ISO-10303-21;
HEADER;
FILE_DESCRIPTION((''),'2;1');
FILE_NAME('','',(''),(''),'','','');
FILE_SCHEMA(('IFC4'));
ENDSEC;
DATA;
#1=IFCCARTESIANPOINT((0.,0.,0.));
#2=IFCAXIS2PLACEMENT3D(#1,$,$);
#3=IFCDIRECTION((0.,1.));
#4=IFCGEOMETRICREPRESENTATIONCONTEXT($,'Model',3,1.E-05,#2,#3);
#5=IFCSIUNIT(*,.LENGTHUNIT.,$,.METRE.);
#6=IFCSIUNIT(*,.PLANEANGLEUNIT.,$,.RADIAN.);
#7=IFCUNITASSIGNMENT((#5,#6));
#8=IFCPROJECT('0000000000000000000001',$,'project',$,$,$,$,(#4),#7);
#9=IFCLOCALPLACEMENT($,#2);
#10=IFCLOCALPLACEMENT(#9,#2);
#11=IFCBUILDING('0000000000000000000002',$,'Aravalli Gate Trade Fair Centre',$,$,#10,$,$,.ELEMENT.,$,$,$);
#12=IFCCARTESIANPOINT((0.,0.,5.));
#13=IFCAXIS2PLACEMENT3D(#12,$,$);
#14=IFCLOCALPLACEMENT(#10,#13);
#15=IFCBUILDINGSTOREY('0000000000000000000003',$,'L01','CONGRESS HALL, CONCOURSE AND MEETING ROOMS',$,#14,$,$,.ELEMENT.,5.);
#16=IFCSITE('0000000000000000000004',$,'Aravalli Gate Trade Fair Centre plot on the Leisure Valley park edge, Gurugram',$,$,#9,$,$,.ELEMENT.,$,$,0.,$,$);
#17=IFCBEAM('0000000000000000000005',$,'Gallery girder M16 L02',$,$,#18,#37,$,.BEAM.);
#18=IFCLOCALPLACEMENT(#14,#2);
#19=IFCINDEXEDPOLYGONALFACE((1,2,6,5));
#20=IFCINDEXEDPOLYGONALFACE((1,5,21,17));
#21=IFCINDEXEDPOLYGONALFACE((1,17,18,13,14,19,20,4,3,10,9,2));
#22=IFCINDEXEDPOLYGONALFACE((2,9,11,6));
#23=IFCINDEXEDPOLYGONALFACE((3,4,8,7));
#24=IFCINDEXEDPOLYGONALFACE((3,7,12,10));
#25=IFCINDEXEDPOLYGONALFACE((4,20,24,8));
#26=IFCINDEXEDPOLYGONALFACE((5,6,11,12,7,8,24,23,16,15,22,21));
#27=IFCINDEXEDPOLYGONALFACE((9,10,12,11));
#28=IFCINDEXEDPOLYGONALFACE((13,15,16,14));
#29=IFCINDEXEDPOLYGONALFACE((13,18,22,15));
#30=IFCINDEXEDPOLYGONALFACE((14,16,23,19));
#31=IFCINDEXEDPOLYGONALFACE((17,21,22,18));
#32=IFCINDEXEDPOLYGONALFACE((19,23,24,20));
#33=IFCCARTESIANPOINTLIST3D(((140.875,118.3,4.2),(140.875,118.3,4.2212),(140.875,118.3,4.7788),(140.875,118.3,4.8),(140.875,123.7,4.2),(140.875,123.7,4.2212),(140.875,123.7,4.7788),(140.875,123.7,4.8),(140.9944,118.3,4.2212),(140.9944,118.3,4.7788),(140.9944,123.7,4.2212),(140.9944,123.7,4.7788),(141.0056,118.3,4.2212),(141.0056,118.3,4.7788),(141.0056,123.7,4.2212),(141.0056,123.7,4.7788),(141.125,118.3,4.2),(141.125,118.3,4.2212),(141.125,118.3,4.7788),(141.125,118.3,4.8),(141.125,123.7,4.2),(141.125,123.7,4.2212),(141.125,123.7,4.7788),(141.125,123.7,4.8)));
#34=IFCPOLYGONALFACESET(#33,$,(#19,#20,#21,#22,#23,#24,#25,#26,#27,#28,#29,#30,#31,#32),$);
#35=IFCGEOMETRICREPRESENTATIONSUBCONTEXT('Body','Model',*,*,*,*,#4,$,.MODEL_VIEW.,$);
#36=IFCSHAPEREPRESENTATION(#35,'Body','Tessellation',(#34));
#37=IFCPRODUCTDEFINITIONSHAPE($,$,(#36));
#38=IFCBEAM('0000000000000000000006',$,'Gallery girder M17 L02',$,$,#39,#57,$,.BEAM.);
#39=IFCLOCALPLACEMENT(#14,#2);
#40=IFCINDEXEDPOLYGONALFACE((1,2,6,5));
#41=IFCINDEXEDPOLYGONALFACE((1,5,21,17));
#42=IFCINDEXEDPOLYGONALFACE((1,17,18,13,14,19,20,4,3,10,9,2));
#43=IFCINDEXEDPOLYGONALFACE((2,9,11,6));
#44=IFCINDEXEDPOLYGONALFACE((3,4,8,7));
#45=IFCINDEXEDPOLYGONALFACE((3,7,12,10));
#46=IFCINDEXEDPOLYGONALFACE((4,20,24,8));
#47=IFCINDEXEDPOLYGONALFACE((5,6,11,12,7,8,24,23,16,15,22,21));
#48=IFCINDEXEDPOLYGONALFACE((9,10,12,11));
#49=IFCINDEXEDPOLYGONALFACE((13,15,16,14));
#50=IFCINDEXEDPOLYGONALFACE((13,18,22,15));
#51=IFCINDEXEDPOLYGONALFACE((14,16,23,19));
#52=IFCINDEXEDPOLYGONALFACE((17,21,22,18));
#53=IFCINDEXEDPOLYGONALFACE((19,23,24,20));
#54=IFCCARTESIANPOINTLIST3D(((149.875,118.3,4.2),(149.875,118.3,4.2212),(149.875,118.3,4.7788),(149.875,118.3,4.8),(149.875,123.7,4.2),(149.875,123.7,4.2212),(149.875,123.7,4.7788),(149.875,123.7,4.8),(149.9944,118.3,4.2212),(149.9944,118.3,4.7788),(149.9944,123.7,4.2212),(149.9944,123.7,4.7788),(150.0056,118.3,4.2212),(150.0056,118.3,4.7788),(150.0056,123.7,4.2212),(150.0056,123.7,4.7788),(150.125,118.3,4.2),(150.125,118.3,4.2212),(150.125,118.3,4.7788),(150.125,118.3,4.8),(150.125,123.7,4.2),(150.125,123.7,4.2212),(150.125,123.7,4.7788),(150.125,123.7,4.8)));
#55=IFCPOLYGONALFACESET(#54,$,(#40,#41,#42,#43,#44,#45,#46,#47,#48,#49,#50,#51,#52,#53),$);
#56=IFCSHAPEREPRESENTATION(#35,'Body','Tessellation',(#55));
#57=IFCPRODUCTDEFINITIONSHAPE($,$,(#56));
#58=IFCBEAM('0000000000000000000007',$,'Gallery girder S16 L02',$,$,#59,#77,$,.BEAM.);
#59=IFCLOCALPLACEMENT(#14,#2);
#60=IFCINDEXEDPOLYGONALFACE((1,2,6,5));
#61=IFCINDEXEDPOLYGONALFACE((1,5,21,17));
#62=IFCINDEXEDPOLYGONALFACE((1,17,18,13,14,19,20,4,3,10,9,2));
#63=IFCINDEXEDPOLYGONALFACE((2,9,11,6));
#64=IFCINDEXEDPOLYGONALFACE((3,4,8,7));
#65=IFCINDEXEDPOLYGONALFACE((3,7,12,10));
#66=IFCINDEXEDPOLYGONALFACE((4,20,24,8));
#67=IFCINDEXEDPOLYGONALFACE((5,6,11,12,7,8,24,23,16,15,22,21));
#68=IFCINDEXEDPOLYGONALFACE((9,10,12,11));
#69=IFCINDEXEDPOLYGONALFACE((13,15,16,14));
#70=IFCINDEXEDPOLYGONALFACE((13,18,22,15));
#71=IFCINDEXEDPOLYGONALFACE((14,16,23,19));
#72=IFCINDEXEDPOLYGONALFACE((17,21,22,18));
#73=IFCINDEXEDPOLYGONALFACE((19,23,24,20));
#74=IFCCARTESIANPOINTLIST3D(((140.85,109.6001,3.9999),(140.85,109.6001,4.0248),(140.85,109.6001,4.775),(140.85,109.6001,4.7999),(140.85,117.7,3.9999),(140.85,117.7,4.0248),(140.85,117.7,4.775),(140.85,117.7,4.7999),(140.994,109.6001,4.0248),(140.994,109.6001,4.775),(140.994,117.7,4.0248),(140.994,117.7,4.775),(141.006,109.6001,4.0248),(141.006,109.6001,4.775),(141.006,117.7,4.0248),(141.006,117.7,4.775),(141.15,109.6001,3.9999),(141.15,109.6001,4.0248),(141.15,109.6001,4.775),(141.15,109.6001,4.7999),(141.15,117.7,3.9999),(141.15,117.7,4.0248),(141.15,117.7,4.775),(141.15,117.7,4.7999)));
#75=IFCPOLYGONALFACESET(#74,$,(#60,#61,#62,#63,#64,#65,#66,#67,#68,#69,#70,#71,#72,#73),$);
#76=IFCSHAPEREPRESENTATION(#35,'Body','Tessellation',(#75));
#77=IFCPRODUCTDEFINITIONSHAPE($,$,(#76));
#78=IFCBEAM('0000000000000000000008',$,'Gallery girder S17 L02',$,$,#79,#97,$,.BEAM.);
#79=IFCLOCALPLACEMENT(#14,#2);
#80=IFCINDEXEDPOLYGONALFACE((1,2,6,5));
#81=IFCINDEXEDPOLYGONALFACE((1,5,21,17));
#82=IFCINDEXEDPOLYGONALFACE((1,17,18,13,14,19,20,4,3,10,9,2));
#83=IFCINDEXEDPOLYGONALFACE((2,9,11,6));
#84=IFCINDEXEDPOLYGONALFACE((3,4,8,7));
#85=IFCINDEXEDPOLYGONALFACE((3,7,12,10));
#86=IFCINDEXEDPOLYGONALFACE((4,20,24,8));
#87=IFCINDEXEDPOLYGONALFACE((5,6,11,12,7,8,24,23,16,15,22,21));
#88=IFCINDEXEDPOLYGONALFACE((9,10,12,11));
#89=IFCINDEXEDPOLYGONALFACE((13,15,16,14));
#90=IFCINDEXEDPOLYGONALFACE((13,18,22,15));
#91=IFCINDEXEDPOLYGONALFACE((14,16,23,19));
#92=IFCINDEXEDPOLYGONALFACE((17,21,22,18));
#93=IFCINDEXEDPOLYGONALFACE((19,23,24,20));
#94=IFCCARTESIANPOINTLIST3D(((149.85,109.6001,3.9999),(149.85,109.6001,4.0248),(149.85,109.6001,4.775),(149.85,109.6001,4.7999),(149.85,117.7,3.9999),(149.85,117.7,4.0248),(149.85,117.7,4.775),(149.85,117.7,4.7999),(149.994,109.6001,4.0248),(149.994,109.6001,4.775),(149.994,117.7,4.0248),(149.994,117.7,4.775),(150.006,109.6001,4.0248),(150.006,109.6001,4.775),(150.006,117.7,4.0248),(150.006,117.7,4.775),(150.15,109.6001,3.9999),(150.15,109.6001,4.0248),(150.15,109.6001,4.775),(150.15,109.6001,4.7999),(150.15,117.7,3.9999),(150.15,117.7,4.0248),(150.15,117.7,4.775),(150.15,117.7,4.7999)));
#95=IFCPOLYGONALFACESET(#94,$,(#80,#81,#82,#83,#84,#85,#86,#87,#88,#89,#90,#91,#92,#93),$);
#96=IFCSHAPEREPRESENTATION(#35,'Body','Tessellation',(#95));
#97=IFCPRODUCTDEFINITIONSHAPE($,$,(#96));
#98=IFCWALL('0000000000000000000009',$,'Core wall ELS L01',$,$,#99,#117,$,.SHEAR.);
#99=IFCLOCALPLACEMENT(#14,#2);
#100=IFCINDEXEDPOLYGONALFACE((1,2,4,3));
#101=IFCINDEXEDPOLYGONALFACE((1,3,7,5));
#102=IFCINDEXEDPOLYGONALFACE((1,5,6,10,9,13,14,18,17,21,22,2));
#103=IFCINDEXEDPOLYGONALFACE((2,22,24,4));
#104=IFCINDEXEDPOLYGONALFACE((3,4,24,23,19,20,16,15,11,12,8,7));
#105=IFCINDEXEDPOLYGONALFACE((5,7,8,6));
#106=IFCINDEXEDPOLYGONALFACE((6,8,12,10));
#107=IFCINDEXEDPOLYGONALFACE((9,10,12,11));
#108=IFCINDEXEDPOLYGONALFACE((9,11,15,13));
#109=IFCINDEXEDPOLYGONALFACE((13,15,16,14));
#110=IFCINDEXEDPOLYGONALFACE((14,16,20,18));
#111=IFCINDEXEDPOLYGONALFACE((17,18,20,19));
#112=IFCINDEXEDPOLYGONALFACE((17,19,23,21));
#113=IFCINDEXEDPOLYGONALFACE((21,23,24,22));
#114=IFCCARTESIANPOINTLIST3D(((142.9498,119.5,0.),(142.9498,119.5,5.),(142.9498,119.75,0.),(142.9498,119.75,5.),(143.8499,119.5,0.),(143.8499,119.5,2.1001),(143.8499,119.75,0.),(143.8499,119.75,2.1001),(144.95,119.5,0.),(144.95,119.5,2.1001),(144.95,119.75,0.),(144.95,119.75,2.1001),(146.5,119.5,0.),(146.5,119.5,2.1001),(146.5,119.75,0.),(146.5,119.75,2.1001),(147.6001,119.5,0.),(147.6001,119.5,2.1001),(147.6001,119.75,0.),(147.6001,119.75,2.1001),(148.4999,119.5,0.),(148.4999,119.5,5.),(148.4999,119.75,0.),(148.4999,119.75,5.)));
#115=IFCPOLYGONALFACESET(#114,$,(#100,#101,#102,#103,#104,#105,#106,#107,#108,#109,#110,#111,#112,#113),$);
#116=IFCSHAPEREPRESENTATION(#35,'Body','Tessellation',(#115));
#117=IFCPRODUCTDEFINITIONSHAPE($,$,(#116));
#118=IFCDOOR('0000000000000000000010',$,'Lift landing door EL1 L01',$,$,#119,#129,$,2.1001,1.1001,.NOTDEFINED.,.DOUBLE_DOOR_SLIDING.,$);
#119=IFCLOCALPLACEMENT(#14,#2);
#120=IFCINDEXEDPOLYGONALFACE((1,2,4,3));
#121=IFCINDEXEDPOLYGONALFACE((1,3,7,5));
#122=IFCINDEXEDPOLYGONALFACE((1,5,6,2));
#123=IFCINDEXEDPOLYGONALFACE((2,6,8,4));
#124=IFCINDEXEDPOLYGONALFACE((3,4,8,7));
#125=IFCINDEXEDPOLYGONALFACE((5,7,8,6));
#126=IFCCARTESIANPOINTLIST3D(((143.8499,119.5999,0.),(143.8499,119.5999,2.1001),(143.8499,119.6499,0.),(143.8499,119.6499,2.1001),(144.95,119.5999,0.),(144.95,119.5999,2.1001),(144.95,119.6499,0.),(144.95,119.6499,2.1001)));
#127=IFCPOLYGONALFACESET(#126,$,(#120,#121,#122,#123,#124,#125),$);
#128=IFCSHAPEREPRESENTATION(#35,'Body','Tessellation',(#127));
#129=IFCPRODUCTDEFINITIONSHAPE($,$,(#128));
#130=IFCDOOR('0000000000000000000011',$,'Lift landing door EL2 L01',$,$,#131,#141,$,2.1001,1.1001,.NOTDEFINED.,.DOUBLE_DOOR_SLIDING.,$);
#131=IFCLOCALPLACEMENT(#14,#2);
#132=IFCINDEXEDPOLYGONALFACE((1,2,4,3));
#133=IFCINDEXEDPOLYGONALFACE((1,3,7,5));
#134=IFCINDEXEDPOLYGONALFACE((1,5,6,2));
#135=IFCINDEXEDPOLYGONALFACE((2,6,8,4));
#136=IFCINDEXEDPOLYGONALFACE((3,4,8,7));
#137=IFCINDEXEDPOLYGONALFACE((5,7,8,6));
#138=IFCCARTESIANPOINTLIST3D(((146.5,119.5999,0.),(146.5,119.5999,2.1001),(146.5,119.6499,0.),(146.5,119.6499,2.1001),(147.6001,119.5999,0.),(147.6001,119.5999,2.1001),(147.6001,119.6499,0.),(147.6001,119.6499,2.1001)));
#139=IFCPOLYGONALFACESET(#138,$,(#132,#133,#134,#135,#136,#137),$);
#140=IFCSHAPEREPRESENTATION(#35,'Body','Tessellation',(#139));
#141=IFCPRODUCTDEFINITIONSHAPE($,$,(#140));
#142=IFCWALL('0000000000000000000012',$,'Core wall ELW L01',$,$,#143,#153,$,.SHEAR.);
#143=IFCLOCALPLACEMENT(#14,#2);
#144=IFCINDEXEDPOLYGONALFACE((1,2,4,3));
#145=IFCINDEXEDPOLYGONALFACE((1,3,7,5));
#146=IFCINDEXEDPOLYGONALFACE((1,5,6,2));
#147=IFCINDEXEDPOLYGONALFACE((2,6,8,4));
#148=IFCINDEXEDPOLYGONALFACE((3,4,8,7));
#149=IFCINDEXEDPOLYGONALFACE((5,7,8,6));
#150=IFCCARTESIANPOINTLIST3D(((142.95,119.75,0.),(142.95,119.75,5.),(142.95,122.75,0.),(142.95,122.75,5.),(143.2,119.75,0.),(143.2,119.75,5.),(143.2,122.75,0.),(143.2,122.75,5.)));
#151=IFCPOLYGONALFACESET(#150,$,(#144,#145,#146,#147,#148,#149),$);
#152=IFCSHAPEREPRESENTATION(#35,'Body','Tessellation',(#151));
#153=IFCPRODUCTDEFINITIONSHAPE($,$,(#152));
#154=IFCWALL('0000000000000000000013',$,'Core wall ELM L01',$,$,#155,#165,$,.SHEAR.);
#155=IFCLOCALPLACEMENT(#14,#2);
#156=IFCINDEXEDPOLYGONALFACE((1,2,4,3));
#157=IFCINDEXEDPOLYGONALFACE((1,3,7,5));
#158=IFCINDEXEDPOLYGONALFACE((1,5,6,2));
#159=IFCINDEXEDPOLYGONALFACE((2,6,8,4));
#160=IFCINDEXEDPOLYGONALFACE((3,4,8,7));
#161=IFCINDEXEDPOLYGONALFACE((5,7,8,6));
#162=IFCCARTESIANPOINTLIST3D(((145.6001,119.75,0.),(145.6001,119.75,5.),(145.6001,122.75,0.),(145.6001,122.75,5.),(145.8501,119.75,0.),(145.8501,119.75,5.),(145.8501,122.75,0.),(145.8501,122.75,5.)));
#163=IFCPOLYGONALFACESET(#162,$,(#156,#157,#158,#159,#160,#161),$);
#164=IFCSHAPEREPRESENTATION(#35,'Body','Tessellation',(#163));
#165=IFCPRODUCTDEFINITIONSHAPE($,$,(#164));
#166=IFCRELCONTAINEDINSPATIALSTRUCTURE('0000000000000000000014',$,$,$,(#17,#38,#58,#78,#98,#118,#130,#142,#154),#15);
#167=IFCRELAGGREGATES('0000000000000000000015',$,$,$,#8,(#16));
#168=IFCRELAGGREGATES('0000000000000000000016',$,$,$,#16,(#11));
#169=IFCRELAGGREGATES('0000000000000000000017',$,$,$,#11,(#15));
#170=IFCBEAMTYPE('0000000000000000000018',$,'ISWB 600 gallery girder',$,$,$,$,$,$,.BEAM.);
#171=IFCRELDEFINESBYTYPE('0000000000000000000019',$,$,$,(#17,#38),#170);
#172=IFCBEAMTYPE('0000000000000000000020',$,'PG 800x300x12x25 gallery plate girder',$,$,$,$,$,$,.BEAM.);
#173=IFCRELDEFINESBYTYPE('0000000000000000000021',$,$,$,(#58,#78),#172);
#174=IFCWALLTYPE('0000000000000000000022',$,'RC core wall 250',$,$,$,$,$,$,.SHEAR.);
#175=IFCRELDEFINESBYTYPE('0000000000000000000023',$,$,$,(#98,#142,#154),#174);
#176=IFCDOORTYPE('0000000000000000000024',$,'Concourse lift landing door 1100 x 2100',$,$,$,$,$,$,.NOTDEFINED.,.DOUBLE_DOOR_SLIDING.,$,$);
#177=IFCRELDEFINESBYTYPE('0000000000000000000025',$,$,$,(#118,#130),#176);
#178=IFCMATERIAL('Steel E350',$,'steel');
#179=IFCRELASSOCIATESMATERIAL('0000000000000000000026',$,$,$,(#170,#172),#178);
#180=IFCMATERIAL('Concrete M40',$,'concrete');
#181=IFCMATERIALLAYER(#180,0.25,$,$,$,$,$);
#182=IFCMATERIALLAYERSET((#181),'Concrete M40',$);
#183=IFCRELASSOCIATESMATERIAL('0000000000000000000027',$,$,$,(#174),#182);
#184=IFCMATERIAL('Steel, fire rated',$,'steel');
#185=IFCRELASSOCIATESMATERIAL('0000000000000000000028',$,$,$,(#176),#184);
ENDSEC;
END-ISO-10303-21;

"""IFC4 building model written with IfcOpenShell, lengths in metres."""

from ifc_helpers import new_model, si_unit, direction, frame, frame_2d, origin, origin_2d, place, context, subcontext, project, spatial, rectangle, i_section, extrude, material, layer, layer_set, material_profile, profile_set, type_object, element, fill, save


model = new_model("IFC4")

# Units and contexts
model_context = context("Model", 3, precision=1e-05, world=origin(), true_north=direction((0.0, 1.0)))
body_context = subcontext(model_context, "Body", "Model", "MODEL_VIEW")
ifc_project = project(units=[si_unit("LENGTHUNIT", "METRE"), si_unit("PLANEANGLEUNIT", "RADIAN")], contexts=[model_context])

# Site, building, storey
site_placement = place(None, origin())
site = spatial("IfcSite", under=ifc_project, at=site_placement, Name="Aravalli Gate Trade Fair Centre plot on the Leisure Valley park edge, Gurugram", CompositionType="ELEMENT", RefElevation=0.0)
building_placement = place(site_placement, origin())
building = spatial("IfcBuilding", under=site, at=building_placement, Name="Aravalli Gate Trade Fair Centre", CompositionType="ELEMENT")
storey_placement = place(building_placement, frame((0.0, 0.0, 5.0)))
storey = spatial("IfcBuildingStorey", under=building, at=storey_placement, Name="L01", Description="CONGRESS HALL, CONCOURSE AND MEETING ROOMS", CompositionType="ELEMENT", Elevation=5.0)

# Beams
ifc_material_1 = material(Name="Steel E350", Category="steel")
ifc_material_profile_1 = material_profile(ifc_material_1, i_section(OverallWidth=0.25, OverallDepth=0.6001, WebThickness=0.0112, FlangeThickness=0.0212, at=origin_2d()), Name="ISWB 600")
ifc_profile_set_1 = profile_set([ifc_material_profile_1], Name="Steel E350")
beam_type_1 = type_object("IfcBeamType", Name="ISWB 600 gallery girder", PredefinedType="BEAM", material=ifc_profile_set_1)
for number, where, z_axis, x_axis, name in (
    (1, (141.0, 118.3, 4.5), (0.0, 1.0, 0.0), (-1.0, 0.0, 0.0), "Gallery girder M16 L02"),
    (2, (150.0, 118.3, 4.5), (0.0, 1.0, 0.0), (-1.0, 0.0, 0.0), "Gallery girder M17 L02"),
):
    element("IfcBeam", number, at=place(storey_placement, frame(where, z_axis=z_axis, x_axis=x_axis)), inside=storey, type_object=beam_type_1, Name=name, PredefinedType="BEAM", context=body_context, shape_type="SweptSolid", body=[
        extrude(i_section(OverallWidth=0.25, OverallDepth=0.6001, WebThickness=0.0112, FlangeThickness=0.0212, at=origin_2d()), origin(), (0.0, 0.0, 1.0), 5.3999),
    ])
ifc_material_profile_2 = material_profile(ifc_material_1, i_section(OverallWidth=0.3, OverallDepth=0.8, WebThickness=0.012, FlangeThickness=0.0249, at=origin_2d()), Name="PG 800x300x12x25")
ifc_profile_set_2 = profile_set([ifc_material_profile_2], Name="Steel E350")
beam_type_2 = type_object("IfcBeamType", Name="PG 800x300x12x25 gallery plate girder", PredefinedType="BEAM", material=ifc_profile_set_2)
for number, where, z_axis, x_axis, name in (
    (3, (141.0, 109.6001, 4.3999), (0.0, 1.0, 0.0), (-1.0, 0.0, 0.0), "Gallery girder S16 L02"),
    (4, (150.0, 109.6001, 4.3999), (0.0, 1.0, 0.0), (-1.0, 0.0, 0.0), "Gallery girder S17 L02"),
):
    element("IfcBeam", number, at=place(storey_placement, frame(where, z_axis=z_axis, x_axis=x_axis)), inside=storey, type_object=beam_type_2, Name=name, PredefinedType="BEAM", context=body_context, shape_type="SweptSolid", body=[
        extrude(i_section(OverallWidth=0.3, OverallDepth=0.8, WebThickness=0.012, FlangeThickness=0.0249, at=origin_2d()), origin(), (0.0, 0.0, 1.0), 8.0999),
    ])

# Wall, openings, doors
ifc_material_2 = material(Name="Concrete M40", Category="concrete")
ifc_layer = layer(ifc_material_2, 0.25)
ifc_layer_set = layer_set([ifc_layer], Name="Concrete M40")
wall_type = type_object("IfcWallType", Name="RC core wall 250", PredefinedType="SHEAR", material=ifc_layer_set)
wall_placement = place(storey_placement, frame((142.95, 119.625, 0.0), z_axis=(0.0, 0.0, 1.0), x_axis=(1.0, 0.0, 0.0)))
wall = element("IfcWall", 5, at=wall_placement, inside=storey, type_object=wall_type, Name="Core wall ELS L01", PredefinedType="SHEAR", context=body_context, shape_type="SweptSolid", body=[
    extrude(rectangle(XDim=5.55, YDim=0.25, at=frame_2d((2.7749, 0.0))), origin(), (0.0, 0.0, 1.0), 5.0),
])
opening_1_placement = place(wall_placement, frame((0.8999, 0.0, 0.0)))
opening_1 = element("IfcOpeningElement", 6, at=opening_1_placement, cuts=wall, PredefinedType="OPENING", context=body_context, shape_type="SweptSolid", body=[
    extrude(rectangle(XDim=1.1001, YDim=2.1001, at=frame_2d((0.55, 1.05))), frame((0.0, 0.135, 0.0), z_axis=(0.0, -1.0, 0.0), x_axis=(1.0, 0.0, 0.0)), (0.0, 0.0, 1.0), 0.27),
])
opening_2_placement = place(wall_placement, frame((3.55, 0.0, 0.0)))
opening_2 = element("IfcOpeningElement", 7, at=opening_2_placement, cuts=wall, PredefinedType="OPENING", context=body_context, shape_type="SweptSolid", body=[
    extrude(rectangle(XDim=1.1001, YDim=2.1001, at=frame_2d((0.55, 1.05))), frame((0.0, 0.135, 0.0), z_axis=(0.0, -1.0, 0.0), x_axis=(1.0, 0.0, 0.0)), (0.0, 0.0, 1.0), 0.27),
])
ifc_material_3 = material(Name="Steel, fire rated", Category="steel")
door_type = type_object("IfcDoorType", Name="Concourse lift landing door 1100 x 2100", OperationType="DOUBLE_DOOR_SLIDING", PredefinedType="NOTDEFINED", material=ifc_material_3)
door_1_placement = place(opening_1_placement, origin())
door_1 = element("IfcDoor", 8, at=door_1_placement, inside=storey, type_object=door_type, Name="Lift landing door EL1 L01", OperationType="DOUBLE_DOOR_SLIDING", OverallHeight=2.1001, OverallWidth=1.1001, PredefinedType="NOTDEFINED", context=body_context, shape_type="SweptSolid", body=[
    extrude(rectangle(XDim=1.1001, YDim=2.1001, at=frame_2d((0.55, 1.05))), frame((0.0, 0.0249, 0.0), z_axis=(0.0, -1.0, 0.0), x_axis=(1.0, 0.0, 0.0)), (0.0, 0.0, 1.0), 0.05),
])
fill(opening_1, door_1)
door_2_placement = place(opening_2_placement, origin())
door_2 = element("IfcDoor", 9, at=door_2_placement, inside=storey, type_object=door_type, Name="Lift landing door EL2 L01", OperationType="DOUBLE_DOOR_SLIDING", OverallHeight=2.1001, OverallWidth=1.1001, PredefinedType="NOTDEFINED", context=body_context, shape_type="SweptSolid", body=[
    extrude(rectangle(XDim=1.1001, YDim=2.1001, at=frame_2d((0.55, 1.05))), frame((0.0, 0.0249, 0.0), z_axis=(0.0, -1.0, 0.0), x_axis=(1.0, 0.0, 0.0)), (0.0, 0.0, 1.0), 0.05),
])
fill(opening_2, door_2)

# Walls
for number, where, z_axis, x_axis, name in (
    (10, (143.075, 119.75, 0.0), (0.0, 0.0, 1.0), (0.0, 1.0, 0.0), "Core wall ELW L01"),
    (11, (145.7251, 119.75, 0.0), (0.0, 0.0, 1.0), (0.0, 1.0, 0.0), "Core wall ELM L01"),
):
    element("IfcWall", number, at=place(storey_placement, frame(where, z_axis=z_axis, x_axis=x_axis)), inside=storey, type_object=wall_type, Name=name, PredefinedType="SHEAR", context=body_context, shape_type="SweptSolid", body=[
        extrude(rectangle(XDim=3.0, YDim=0.25, at=frame_2d((1.5, 0.0))), origin(), (0.0, 0.0, 1.0), 5.0),
    ])

save(model, "model.ifc")
